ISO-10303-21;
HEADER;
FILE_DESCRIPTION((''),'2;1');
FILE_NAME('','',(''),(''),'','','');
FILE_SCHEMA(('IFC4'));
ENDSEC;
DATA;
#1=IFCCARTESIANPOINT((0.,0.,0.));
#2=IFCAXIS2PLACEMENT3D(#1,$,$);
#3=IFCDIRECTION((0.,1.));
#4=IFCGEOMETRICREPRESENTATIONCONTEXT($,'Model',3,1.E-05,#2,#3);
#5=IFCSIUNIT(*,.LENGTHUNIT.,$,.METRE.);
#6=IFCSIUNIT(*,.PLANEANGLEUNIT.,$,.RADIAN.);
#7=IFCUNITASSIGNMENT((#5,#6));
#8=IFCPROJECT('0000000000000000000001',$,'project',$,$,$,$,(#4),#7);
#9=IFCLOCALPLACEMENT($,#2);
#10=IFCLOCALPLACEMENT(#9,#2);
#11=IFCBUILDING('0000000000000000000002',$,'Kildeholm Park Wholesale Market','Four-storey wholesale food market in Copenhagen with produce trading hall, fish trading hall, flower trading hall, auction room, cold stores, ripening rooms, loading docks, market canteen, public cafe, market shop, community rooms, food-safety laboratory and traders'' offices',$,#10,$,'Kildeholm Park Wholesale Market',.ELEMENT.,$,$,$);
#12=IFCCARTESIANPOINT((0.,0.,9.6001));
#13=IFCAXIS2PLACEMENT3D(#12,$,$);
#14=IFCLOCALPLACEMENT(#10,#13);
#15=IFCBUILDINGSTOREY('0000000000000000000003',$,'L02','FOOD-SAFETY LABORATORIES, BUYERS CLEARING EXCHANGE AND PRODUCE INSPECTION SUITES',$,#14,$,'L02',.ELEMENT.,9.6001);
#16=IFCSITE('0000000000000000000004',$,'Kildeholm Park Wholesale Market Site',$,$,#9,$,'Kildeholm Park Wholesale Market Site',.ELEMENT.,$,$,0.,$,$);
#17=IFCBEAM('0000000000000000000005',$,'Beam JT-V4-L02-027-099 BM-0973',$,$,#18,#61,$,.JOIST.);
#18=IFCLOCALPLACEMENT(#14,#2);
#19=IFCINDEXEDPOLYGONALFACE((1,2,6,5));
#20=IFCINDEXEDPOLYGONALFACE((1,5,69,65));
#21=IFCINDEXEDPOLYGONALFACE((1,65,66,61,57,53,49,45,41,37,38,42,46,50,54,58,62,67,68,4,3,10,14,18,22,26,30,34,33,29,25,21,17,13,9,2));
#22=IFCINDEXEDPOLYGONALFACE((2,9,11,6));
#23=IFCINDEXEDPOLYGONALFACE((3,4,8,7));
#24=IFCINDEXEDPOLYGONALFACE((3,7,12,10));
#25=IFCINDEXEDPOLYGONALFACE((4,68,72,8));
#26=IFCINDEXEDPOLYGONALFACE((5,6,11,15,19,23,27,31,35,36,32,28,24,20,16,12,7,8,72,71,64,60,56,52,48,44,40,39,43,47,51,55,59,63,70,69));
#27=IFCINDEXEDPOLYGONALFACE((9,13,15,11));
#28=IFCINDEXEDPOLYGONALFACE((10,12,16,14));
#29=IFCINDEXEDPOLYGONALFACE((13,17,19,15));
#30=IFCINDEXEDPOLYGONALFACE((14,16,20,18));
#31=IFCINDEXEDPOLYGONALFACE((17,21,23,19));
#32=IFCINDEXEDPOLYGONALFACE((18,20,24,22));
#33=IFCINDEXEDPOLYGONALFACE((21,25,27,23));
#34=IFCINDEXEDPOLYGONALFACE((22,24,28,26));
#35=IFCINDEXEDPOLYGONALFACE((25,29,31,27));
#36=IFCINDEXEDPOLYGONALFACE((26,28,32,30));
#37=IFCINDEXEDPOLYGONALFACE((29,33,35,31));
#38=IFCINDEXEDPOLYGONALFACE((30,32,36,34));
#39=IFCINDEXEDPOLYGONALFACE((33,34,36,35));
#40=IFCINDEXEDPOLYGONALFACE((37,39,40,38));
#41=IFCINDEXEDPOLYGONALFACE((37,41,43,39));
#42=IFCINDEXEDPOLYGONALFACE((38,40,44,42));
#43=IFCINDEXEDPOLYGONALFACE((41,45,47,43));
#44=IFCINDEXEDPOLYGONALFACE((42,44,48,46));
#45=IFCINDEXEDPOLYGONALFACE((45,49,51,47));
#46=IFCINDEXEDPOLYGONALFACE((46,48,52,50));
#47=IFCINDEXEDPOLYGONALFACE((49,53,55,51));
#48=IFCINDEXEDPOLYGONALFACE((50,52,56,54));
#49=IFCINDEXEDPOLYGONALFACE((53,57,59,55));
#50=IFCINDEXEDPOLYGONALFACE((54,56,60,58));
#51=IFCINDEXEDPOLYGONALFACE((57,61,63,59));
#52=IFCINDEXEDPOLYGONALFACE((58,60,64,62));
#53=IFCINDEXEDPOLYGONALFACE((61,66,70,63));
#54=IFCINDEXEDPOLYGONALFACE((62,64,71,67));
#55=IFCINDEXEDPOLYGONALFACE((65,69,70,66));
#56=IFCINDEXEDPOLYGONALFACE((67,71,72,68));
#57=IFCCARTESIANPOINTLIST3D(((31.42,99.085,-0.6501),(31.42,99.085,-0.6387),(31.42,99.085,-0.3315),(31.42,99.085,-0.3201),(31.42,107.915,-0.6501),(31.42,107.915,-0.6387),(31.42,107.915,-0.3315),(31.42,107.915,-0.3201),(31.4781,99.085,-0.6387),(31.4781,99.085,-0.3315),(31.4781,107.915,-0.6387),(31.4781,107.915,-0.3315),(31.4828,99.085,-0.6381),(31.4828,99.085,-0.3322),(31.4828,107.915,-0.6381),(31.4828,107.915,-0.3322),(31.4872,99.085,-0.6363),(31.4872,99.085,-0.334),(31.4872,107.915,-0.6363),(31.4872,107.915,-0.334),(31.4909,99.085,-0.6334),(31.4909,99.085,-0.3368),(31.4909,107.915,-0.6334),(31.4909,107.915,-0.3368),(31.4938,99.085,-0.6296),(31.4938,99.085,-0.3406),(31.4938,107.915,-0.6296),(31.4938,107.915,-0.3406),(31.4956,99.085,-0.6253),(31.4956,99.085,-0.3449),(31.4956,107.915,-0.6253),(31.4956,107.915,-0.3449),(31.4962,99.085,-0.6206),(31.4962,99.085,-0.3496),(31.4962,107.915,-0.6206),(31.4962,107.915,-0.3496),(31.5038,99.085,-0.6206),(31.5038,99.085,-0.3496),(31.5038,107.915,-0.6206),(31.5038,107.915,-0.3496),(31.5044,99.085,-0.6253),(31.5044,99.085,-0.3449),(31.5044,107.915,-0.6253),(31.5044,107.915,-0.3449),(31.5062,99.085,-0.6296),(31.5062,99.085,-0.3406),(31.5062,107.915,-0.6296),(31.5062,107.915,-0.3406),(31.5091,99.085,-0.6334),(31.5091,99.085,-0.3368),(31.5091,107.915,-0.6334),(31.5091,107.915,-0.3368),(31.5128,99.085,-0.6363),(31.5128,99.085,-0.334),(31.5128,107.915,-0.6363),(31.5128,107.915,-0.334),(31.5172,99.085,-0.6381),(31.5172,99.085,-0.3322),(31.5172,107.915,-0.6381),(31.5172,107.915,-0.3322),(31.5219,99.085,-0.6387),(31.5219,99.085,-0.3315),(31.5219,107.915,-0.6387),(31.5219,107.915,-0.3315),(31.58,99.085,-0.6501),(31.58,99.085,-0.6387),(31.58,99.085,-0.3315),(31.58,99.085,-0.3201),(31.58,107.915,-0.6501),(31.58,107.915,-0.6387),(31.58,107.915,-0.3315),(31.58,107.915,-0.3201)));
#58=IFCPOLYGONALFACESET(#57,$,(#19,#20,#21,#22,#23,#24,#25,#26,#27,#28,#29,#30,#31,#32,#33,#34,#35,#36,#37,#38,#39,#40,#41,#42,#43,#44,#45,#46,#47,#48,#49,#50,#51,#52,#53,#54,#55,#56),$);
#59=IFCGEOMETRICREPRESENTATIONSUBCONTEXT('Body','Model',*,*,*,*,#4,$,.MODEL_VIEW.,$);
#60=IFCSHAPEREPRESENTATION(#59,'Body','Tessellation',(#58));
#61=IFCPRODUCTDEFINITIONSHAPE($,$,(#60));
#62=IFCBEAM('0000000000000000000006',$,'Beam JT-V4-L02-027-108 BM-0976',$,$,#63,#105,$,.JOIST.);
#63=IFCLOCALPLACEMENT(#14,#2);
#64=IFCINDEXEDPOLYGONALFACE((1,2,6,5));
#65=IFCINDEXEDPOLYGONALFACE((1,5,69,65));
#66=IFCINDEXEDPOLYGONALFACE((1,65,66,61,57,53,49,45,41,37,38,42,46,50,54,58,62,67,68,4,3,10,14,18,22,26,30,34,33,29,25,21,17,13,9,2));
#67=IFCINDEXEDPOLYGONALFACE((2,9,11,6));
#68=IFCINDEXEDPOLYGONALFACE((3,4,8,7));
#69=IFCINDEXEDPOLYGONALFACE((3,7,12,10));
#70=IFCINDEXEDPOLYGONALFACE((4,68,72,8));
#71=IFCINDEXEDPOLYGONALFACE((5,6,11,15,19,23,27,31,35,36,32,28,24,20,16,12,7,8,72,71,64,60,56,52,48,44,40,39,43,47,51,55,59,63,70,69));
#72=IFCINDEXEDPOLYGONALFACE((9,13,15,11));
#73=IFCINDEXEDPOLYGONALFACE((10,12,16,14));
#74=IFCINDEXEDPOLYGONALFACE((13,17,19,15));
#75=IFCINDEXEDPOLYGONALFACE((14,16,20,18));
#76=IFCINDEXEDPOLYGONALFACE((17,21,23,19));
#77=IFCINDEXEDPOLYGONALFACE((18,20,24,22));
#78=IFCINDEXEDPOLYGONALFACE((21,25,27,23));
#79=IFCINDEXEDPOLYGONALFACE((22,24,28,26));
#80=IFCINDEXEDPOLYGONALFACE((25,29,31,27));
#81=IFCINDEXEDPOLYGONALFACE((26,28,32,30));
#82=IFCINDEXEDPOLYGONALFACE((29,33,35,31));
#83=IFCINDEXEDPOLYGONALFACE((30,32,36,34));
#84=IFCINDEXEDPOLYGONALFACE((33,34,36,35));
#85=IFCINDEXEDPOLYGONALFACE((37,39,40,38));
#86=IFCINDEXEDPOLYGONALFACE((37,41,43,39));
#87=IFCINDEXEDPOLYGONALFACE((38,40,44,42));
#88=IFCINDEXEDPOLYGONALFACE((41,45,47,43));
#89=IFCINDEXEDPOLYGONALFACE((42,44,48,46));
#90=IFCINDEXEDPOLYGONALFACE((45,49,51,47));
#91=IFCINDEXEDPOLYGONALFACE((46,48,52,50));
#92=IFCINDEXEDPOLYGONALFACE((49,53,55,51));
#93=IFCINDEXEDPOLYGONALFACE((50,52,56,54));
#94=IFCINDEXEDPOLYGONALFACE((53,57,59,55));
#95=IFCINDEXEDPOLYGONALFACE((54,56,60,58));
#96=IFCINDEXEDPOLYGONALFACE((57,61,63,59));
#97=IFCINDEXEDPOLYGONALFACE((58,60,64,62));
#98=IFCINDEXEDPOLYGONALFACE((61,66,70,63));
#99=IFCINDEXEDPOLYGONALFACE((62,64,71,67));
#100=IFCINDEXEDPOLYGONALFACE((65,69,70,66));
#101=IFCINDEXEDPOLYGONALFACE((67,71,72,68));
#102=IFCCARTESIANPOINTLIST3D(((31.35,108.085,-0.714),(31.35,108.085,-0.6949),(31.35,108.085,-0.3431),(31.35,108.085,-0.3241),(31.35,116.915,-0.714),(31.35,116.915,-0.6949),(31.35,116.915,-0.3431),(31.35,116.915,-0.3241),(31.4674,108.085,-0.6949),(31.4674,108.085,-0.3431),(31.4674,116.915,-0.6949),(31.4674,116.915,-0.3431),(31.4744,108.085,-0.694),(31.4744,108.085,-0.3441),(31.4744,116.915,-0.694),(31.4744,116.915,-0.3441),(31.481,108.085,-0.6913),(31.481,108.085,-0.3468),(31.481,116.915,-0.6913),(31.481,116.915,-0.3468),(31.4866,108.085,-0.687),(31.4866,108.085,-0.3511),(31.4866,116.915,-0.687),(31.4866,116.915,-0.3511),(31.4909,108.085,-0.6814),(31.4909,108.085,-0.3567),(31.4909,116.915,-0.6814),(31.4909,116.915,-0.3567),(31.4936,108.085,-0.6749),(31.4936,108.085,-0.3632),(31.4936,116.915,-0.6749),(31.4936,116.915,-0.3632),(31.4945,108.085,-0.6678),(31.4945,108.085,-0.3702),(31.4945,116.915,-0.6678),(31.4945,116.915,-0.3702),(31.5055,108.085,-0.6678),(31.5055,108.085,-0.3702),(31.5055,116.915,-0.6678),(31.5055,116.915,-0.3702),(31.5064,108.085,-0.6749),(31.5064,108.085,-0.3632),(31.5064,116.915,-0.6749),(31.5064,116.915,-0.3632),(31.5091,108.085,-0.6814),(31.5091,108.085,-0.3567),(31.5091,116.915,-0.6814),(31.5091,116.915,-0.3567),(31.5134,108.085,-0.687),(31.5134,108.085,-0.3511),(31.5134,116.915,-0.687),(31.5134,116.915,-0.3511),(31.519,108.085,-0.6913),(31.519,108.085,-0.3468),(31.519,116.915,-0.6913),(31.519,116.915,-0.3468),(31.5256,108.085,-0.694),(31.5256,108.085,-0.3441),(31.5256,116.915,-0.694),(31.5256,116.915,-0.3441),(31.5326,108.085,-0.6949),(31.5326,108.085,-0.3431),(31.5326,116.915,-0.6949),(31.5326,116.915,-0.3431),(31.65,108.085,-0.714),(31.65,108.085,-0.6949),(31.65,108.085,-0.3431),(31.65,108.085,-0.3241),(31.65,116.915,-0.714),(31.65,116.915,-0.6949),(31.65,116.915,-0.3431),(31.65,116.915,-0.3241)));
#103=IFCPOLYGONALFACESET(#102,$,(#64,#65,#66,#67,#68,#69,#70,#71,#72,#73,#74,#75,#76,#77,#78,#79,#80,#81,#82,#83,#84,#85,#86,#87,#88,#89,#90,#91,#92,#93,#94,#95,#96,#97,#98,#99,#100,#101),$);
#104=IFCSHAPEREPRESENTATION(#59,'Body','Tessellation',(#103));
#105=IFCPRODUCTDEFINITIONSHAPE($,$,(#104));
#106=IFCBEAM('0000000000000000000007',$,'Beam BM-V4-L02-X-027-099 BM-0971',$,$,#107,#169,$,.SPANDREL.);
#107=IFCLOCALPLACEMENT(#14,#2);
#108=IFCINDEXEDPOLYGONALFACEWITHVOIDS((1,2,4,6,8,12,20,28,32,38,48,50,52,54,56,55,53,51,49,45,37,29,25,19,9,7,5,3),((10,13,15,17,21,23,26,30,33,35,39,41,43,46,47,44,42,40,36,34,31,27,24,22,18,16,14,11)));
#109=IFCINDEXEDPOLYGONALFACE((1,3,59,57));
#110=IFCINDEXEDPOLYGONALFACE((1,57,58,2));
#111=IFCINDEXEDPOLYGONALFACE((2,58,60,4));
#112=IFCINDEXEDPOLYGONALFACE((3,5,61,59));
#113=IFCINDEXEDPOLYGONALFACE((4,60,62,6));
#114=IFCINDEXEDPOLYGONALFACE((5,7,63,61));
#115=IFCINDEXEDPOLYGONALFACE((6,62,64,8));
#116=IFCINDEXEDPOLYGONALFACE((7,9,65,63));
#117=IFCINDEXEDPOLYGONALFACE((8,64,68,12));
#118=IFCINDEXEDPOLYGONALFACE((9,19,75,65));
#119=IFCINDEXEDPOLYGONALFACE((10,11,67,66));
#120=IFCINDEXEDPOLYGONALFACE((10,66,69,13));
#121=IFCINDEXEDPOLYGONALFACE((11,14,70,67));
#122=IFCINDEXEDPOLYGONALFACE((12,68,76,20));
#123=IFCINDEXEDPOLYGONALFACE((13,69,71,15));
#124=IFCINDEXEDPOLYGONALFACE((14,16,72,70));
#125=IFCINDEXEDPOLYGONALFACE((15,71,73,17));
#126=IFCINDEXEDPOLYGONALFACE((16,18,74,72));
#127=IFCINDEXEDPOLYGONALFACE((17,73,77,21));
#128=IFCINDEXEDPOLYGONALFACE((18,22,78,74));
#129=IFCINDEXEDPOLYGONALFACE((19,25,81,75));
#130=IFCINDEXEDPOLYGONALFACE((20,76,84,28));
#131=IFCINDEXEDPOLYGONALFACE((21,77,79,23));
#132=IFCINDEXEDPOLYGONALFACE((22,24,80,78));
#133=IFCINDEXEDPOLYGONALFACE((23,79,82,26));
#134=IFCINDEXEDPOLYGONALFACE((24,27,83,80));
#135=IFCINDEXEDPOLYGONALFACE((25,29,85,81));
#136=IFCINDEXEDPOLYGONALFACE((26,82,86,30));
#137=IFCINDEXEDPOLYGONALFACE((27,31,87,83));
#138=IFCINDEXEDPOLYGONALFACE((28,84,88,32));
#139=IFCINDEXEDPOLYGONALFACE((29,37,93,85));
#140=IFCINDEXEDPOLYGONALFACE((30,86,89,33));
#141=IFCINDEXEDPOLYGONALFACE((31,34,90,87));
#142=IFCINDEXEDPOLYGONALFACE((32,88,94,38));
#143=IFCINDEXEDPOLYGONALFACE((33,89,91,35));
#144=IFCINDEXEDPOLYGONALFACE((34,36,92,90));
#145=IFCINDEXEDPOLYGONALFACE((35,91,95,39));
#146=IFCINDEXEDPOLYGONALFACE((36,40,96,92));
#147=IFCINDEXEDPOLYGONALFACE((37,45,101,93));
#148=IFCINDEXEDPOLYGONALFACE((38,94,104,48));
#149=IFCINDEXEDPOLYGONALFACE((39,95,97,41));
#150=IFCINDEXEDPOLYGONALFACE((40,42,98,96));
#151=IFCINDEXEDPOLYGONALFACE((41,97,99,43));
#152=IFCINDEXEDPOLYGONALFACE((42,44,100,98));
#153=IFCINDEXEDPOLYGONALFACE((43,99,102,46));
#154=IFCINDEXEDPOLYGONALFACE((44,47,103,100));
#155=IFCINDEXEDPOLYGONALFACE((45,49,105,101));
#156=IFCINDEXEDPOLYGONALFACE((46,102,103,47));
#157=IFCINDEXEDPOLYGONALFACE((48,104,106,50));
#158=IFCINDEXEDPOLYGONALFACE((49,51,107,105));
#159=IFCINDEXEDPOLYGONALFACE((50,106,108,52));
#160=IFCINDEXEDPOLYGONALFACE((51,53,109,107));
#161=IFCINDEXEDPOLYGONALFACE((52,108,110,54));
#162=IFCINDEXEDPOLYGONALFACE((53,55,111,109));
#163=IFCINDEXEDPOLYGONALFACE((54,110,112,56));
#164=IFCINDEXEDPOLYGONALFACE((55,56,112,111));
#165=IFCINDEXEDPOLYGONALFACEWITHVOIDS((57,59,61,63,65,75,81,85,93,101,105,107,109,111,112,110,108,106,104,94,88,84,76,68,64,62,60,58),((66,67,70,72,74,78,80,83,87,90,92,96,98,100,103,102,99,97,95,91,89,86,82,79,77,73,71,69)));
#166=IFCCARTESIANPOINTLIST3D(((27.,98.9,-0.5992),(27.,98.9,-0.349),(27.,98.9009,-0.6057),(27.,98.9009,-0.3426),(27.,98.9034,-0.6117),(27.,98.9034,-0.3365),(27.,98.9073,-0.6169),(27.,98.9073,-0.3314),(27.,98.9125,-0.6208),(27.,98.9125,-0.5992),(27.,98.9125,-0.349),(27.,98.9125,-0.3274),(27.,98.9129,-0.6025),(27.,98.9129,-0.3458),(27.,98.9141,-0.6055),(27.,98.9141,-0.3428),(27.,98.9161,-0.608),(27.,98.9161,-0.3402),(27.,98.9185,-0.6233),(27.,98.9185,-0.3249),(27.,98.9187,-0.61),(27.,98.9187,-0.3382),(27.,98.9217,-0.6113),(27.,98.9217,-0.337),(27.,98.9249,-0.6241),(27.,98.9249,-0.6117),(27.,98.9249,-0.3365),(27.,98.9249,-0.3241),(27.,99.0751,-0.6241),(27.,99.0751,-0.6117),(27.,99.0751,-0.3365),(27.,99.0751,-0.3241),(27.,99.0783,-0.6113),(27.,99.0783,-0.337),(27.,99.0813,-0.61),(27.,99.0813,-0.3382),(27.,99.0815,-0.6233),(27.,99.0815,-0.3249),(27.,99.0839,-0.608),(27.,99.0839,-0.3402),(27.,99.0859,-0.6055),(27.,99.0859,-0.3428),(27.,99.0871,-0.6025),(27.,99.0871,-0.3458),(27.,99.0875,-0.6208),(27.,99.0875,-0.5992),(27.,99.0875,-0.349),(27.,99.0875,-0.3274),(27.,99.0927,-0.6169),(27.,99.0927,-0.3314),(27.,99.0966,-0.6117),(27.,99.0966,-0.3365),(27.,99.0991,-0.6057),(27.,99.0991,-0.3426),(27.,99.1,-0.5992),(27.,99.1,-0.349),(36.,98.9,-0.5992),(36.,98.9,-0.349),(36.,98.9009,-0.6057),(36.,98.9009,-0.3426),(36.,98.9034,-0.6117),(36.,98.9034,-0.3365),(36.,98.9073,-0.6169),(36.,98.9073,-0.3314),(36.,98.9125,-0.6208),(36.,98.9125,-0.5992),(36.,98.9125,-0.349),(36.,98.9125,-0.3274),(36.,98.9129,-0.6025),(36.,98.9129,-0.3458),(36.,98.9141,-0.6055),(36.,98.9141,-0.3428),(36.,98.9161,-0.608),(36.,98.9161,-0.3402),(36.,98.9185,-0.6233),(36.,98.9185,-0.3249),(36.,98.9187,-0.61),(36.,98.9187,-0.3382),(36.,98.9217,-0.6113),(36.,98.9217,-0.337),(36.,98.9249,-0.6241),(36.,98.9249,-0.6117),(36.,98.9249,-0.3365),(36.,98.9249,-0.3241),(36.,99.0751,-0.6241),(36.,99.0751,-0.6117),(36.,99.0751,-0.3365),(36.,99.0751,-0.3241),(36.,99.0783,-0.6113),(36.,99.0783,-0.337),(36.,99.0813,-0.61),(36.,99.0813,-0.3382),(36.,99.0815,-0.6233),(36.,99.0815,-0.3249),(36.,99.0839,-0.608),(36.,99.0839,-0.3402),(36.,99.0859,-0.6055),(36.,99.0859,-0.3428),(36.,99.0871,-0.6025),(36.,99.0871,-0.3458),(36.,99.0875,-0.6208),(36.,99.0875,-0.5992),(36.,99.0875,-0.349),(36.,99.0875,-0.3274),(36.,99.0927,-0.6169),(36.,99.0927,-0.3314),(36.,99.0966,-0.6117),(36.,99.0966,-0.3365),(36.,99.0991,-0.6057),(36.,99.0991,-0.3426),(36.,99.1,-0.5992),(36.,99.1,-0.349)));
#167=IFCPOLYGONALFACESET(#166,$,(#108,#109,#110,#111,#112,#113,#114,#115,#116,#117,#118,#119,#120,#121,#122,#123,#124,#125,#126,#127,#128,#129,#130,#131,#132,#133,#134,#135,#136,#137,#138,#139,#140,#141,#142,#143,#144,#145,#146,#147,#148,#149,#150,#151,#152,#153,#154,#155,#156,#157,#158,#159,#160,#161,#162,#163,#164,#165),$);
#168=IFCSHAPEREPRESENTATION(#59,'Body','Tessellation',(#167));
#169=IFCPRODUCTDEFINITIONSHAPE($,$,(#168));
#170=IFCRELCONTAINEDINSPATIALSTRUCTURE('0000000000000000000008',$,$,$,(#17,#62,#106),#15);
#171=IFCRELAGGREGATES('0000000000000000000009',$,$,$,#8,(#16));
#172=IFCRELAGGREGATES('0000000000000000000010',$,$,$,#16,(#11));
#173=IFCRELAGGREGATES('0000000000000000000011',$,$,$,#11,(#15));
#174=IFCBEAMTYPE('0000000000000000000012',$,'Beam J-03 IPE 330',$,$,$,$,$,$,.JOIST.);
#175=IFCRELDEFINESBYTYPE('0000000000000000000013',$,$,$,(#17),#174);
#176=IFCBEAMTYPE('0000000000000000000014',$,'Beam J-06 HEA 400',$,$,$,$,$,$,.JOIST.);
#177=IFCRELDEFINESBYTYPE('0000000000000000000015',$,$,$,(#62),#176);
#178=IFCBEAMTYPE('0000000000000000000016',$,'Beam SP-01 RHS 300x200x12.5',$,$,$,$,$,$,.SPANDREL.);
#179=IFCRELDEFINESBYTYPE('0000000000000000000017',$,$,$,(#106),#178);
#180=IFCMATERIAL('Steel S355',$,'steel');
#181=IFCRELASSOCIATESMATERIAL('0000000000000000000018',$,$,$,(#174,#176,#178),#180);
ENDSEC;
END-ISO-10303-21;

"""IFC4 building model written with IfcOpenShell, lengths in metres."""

from ifc_helpers import new_model, si_unit, direction, frame, origin, origin_2d, place, context, subcontext, project, spatial, hollow_rectangle, i_section, extrude, material, material_profile, profile_set, type_object, element, save


model = new_model("IFC4")

# Units and contexts
model_context = context("Model", 3, precision=1e-05, world=origin(), true_north=direction((0.0, 1.0)))
body_context = subcontext(model_context, "Body", "Model", "MODEL_VIEW")
ifc_project = project(units=[si_unit("LENGTHUNIT", "METRE"), si_unit("PLANEANGLEUNIT", "RADIAN")], contexts=[model_context])

# Site, building, storey
site_placement = place(None, origin())
site = spatial("IfcSite", under=ifc_project, at=site_placement, Name="Kildeholm Park Wholesale Market Site", LongName="Kildeholm Park Wholesale Market Site", CompositionType="ELEMENT", RefElevation=0.0)
building_placement = place(site_placement, origin())
building = spatial("IfcBuilding", under=site, at=building_placement, Name="Kildeholm Park Wholesale Market", Description="Four-storey wholesale food market in Copenhagen with produce trading hall, fish trading hall, flower trading hall, auction room, cold stores, ripening rooms, loading docks, market canteen, public cafe, market shop, community rooms, food-safety laboratory and traders' offices", LongName="Kildeholm Park Wholesale Market", CompositionType="ELEMENT")
storey_placement = place(building_placement, frame((0.0, 0.0, 9.6001)))
storey = spatial("IfcBuildingStorey", under=building, at=storey_placement, Name="L02", Description="FOOD-SAFETY LABORATORIES, BUYERS CLEARING EXCHANGE AND PRODUCE INSPECTION SUITES", LongName="L02", CompositionType="ELEMENT", Elevation=9.6001)

# Beams
ifc_material_1 = material(Name="Steel S355", Category="steel")
ifc_material_profile_1 = material_profile(ifc_material_1, i_section(OverallWidth=0.1599, OverallDepth=0.3301, WebThickness=0.0076, FlangeThickness=0.0115, FilletRadius=0.0181, at=origin_2d()), Name="IPE 330")
ifc_profile_set_1 = profile_set([ifc_material_profile_1], Name="Steel S355")
beam_type_1 = type_object("IfcBeamType", Name="Beam J-03 IPE 330", PredefinedType="JOIST", material=ifc_profile_set_1)
beam_1_placement = place(storey_placement, frame((31.5, 99.085, -0.4851), z_axis=(0.0, 1.0, 0.0), x_axis=(-1.0, 0.0, 0.0)))
element("IfcBeam", 1, at=beam_1_placement, inside=storey, type_object=beam_type_1, Name="Beam JT-V4-L02-027-099 BM-0973", PredefinedType="JOIST", context=body_context, shape_type="SweptSolid", body=[
    extrude(i_section(OverallWidth=0.1599, OverallDepth=0.3301, WebThickness=0.0076, FlangeThickness=0.0115, FilletRadius=0.0181, at=origin_2d()), origin(), (0.0, 0.0, 1.0), 8.8301),
])
ifc_material_profile_2 = material_profile(ifc_material_1, i_section(OverallWidth=0.3, OverallDepth=0.3899, WebThickness=0.011, FlangeThickness=0.019, FilletRadius=0.0271, at=origin_2d()), Name="HEA 400")
ifc_profile_set_2 = profile_set([ifc_material_profile_2], Name="Steel S355")
beam_type_2 = type_object("IfcBeamType", Name="Beam J-06 HEA 400", PredefinedType="JOIST", material=ifc_profile_set_2)
beam_2_placement = place(storey_placement, frame((31.5, 108.085, -0.519), z_axis=(0.0, 1.0, 0.0), x_axis=(-1.0, 0.0, 0.0)))
element("IfcBeam", 2, at=beam_2_placement, inside=storey, type_object=beam_type_2, Name="Beam JT-V4-L02-027-108 BM-0976", PredefinedType="JOIST", context=body_context, shape_type="SweptSolid", body=[
    extrude(i_section(OverallWidth=0.3, OverallDepth=0.3899, WebThickness=0.011, FlangeThickness=0.019, FilletRadius=0.0271, at=origin_2d()), origin(), (0.0, 0.0, 1.0), 8.8301),
])
ifc_material_profile_3 = material_profile(ifc_material_1, hollow_rectangle(XDim=0.2, YDim=0.3, WallThickness=0.0125, InnerFilletRadius=0.0125, OuterFilletRadius=0.0249, at=origin_2d()), Name="RHS 300x200x12.5")
ifc_profile_set_3 = profile_set([ifc_material_profile_3], Name="Steel S355")
beam_type_3 = type_object("IfcBeamType", Name="Beam SP-01 RHS 300x200x12.5", PredefinedType="SPANDREL", material=ifc_profile_set_3)
beam_3_placement = place(storey_placement, frame((27.0, 99.0, -0.4741), z_axis=(1.0, 0.0, 0.0), x_axis=(0.0, 1.0, 0.0)))
element("IfcBeam", 3, at=beam_3_placement, inside=storey, type_object=beam_type_3, Name="Beam BM-V4-L02-X-027-099 BM-0971", PredefinedType="SPANDREL", context=body_context, shape_type="SweptSolid", body=[
    extrude(hollow_rectangle(XDim=0.2, YDim=0.3, WallThickness=0.0125, InnerFilletRadius=0.0125, OuterFilletRadius=0.0249, at=origin_2d()), origin(), (0.0, 0.0, 1.0), 9.0),
])

save(model, "model.ifc")
